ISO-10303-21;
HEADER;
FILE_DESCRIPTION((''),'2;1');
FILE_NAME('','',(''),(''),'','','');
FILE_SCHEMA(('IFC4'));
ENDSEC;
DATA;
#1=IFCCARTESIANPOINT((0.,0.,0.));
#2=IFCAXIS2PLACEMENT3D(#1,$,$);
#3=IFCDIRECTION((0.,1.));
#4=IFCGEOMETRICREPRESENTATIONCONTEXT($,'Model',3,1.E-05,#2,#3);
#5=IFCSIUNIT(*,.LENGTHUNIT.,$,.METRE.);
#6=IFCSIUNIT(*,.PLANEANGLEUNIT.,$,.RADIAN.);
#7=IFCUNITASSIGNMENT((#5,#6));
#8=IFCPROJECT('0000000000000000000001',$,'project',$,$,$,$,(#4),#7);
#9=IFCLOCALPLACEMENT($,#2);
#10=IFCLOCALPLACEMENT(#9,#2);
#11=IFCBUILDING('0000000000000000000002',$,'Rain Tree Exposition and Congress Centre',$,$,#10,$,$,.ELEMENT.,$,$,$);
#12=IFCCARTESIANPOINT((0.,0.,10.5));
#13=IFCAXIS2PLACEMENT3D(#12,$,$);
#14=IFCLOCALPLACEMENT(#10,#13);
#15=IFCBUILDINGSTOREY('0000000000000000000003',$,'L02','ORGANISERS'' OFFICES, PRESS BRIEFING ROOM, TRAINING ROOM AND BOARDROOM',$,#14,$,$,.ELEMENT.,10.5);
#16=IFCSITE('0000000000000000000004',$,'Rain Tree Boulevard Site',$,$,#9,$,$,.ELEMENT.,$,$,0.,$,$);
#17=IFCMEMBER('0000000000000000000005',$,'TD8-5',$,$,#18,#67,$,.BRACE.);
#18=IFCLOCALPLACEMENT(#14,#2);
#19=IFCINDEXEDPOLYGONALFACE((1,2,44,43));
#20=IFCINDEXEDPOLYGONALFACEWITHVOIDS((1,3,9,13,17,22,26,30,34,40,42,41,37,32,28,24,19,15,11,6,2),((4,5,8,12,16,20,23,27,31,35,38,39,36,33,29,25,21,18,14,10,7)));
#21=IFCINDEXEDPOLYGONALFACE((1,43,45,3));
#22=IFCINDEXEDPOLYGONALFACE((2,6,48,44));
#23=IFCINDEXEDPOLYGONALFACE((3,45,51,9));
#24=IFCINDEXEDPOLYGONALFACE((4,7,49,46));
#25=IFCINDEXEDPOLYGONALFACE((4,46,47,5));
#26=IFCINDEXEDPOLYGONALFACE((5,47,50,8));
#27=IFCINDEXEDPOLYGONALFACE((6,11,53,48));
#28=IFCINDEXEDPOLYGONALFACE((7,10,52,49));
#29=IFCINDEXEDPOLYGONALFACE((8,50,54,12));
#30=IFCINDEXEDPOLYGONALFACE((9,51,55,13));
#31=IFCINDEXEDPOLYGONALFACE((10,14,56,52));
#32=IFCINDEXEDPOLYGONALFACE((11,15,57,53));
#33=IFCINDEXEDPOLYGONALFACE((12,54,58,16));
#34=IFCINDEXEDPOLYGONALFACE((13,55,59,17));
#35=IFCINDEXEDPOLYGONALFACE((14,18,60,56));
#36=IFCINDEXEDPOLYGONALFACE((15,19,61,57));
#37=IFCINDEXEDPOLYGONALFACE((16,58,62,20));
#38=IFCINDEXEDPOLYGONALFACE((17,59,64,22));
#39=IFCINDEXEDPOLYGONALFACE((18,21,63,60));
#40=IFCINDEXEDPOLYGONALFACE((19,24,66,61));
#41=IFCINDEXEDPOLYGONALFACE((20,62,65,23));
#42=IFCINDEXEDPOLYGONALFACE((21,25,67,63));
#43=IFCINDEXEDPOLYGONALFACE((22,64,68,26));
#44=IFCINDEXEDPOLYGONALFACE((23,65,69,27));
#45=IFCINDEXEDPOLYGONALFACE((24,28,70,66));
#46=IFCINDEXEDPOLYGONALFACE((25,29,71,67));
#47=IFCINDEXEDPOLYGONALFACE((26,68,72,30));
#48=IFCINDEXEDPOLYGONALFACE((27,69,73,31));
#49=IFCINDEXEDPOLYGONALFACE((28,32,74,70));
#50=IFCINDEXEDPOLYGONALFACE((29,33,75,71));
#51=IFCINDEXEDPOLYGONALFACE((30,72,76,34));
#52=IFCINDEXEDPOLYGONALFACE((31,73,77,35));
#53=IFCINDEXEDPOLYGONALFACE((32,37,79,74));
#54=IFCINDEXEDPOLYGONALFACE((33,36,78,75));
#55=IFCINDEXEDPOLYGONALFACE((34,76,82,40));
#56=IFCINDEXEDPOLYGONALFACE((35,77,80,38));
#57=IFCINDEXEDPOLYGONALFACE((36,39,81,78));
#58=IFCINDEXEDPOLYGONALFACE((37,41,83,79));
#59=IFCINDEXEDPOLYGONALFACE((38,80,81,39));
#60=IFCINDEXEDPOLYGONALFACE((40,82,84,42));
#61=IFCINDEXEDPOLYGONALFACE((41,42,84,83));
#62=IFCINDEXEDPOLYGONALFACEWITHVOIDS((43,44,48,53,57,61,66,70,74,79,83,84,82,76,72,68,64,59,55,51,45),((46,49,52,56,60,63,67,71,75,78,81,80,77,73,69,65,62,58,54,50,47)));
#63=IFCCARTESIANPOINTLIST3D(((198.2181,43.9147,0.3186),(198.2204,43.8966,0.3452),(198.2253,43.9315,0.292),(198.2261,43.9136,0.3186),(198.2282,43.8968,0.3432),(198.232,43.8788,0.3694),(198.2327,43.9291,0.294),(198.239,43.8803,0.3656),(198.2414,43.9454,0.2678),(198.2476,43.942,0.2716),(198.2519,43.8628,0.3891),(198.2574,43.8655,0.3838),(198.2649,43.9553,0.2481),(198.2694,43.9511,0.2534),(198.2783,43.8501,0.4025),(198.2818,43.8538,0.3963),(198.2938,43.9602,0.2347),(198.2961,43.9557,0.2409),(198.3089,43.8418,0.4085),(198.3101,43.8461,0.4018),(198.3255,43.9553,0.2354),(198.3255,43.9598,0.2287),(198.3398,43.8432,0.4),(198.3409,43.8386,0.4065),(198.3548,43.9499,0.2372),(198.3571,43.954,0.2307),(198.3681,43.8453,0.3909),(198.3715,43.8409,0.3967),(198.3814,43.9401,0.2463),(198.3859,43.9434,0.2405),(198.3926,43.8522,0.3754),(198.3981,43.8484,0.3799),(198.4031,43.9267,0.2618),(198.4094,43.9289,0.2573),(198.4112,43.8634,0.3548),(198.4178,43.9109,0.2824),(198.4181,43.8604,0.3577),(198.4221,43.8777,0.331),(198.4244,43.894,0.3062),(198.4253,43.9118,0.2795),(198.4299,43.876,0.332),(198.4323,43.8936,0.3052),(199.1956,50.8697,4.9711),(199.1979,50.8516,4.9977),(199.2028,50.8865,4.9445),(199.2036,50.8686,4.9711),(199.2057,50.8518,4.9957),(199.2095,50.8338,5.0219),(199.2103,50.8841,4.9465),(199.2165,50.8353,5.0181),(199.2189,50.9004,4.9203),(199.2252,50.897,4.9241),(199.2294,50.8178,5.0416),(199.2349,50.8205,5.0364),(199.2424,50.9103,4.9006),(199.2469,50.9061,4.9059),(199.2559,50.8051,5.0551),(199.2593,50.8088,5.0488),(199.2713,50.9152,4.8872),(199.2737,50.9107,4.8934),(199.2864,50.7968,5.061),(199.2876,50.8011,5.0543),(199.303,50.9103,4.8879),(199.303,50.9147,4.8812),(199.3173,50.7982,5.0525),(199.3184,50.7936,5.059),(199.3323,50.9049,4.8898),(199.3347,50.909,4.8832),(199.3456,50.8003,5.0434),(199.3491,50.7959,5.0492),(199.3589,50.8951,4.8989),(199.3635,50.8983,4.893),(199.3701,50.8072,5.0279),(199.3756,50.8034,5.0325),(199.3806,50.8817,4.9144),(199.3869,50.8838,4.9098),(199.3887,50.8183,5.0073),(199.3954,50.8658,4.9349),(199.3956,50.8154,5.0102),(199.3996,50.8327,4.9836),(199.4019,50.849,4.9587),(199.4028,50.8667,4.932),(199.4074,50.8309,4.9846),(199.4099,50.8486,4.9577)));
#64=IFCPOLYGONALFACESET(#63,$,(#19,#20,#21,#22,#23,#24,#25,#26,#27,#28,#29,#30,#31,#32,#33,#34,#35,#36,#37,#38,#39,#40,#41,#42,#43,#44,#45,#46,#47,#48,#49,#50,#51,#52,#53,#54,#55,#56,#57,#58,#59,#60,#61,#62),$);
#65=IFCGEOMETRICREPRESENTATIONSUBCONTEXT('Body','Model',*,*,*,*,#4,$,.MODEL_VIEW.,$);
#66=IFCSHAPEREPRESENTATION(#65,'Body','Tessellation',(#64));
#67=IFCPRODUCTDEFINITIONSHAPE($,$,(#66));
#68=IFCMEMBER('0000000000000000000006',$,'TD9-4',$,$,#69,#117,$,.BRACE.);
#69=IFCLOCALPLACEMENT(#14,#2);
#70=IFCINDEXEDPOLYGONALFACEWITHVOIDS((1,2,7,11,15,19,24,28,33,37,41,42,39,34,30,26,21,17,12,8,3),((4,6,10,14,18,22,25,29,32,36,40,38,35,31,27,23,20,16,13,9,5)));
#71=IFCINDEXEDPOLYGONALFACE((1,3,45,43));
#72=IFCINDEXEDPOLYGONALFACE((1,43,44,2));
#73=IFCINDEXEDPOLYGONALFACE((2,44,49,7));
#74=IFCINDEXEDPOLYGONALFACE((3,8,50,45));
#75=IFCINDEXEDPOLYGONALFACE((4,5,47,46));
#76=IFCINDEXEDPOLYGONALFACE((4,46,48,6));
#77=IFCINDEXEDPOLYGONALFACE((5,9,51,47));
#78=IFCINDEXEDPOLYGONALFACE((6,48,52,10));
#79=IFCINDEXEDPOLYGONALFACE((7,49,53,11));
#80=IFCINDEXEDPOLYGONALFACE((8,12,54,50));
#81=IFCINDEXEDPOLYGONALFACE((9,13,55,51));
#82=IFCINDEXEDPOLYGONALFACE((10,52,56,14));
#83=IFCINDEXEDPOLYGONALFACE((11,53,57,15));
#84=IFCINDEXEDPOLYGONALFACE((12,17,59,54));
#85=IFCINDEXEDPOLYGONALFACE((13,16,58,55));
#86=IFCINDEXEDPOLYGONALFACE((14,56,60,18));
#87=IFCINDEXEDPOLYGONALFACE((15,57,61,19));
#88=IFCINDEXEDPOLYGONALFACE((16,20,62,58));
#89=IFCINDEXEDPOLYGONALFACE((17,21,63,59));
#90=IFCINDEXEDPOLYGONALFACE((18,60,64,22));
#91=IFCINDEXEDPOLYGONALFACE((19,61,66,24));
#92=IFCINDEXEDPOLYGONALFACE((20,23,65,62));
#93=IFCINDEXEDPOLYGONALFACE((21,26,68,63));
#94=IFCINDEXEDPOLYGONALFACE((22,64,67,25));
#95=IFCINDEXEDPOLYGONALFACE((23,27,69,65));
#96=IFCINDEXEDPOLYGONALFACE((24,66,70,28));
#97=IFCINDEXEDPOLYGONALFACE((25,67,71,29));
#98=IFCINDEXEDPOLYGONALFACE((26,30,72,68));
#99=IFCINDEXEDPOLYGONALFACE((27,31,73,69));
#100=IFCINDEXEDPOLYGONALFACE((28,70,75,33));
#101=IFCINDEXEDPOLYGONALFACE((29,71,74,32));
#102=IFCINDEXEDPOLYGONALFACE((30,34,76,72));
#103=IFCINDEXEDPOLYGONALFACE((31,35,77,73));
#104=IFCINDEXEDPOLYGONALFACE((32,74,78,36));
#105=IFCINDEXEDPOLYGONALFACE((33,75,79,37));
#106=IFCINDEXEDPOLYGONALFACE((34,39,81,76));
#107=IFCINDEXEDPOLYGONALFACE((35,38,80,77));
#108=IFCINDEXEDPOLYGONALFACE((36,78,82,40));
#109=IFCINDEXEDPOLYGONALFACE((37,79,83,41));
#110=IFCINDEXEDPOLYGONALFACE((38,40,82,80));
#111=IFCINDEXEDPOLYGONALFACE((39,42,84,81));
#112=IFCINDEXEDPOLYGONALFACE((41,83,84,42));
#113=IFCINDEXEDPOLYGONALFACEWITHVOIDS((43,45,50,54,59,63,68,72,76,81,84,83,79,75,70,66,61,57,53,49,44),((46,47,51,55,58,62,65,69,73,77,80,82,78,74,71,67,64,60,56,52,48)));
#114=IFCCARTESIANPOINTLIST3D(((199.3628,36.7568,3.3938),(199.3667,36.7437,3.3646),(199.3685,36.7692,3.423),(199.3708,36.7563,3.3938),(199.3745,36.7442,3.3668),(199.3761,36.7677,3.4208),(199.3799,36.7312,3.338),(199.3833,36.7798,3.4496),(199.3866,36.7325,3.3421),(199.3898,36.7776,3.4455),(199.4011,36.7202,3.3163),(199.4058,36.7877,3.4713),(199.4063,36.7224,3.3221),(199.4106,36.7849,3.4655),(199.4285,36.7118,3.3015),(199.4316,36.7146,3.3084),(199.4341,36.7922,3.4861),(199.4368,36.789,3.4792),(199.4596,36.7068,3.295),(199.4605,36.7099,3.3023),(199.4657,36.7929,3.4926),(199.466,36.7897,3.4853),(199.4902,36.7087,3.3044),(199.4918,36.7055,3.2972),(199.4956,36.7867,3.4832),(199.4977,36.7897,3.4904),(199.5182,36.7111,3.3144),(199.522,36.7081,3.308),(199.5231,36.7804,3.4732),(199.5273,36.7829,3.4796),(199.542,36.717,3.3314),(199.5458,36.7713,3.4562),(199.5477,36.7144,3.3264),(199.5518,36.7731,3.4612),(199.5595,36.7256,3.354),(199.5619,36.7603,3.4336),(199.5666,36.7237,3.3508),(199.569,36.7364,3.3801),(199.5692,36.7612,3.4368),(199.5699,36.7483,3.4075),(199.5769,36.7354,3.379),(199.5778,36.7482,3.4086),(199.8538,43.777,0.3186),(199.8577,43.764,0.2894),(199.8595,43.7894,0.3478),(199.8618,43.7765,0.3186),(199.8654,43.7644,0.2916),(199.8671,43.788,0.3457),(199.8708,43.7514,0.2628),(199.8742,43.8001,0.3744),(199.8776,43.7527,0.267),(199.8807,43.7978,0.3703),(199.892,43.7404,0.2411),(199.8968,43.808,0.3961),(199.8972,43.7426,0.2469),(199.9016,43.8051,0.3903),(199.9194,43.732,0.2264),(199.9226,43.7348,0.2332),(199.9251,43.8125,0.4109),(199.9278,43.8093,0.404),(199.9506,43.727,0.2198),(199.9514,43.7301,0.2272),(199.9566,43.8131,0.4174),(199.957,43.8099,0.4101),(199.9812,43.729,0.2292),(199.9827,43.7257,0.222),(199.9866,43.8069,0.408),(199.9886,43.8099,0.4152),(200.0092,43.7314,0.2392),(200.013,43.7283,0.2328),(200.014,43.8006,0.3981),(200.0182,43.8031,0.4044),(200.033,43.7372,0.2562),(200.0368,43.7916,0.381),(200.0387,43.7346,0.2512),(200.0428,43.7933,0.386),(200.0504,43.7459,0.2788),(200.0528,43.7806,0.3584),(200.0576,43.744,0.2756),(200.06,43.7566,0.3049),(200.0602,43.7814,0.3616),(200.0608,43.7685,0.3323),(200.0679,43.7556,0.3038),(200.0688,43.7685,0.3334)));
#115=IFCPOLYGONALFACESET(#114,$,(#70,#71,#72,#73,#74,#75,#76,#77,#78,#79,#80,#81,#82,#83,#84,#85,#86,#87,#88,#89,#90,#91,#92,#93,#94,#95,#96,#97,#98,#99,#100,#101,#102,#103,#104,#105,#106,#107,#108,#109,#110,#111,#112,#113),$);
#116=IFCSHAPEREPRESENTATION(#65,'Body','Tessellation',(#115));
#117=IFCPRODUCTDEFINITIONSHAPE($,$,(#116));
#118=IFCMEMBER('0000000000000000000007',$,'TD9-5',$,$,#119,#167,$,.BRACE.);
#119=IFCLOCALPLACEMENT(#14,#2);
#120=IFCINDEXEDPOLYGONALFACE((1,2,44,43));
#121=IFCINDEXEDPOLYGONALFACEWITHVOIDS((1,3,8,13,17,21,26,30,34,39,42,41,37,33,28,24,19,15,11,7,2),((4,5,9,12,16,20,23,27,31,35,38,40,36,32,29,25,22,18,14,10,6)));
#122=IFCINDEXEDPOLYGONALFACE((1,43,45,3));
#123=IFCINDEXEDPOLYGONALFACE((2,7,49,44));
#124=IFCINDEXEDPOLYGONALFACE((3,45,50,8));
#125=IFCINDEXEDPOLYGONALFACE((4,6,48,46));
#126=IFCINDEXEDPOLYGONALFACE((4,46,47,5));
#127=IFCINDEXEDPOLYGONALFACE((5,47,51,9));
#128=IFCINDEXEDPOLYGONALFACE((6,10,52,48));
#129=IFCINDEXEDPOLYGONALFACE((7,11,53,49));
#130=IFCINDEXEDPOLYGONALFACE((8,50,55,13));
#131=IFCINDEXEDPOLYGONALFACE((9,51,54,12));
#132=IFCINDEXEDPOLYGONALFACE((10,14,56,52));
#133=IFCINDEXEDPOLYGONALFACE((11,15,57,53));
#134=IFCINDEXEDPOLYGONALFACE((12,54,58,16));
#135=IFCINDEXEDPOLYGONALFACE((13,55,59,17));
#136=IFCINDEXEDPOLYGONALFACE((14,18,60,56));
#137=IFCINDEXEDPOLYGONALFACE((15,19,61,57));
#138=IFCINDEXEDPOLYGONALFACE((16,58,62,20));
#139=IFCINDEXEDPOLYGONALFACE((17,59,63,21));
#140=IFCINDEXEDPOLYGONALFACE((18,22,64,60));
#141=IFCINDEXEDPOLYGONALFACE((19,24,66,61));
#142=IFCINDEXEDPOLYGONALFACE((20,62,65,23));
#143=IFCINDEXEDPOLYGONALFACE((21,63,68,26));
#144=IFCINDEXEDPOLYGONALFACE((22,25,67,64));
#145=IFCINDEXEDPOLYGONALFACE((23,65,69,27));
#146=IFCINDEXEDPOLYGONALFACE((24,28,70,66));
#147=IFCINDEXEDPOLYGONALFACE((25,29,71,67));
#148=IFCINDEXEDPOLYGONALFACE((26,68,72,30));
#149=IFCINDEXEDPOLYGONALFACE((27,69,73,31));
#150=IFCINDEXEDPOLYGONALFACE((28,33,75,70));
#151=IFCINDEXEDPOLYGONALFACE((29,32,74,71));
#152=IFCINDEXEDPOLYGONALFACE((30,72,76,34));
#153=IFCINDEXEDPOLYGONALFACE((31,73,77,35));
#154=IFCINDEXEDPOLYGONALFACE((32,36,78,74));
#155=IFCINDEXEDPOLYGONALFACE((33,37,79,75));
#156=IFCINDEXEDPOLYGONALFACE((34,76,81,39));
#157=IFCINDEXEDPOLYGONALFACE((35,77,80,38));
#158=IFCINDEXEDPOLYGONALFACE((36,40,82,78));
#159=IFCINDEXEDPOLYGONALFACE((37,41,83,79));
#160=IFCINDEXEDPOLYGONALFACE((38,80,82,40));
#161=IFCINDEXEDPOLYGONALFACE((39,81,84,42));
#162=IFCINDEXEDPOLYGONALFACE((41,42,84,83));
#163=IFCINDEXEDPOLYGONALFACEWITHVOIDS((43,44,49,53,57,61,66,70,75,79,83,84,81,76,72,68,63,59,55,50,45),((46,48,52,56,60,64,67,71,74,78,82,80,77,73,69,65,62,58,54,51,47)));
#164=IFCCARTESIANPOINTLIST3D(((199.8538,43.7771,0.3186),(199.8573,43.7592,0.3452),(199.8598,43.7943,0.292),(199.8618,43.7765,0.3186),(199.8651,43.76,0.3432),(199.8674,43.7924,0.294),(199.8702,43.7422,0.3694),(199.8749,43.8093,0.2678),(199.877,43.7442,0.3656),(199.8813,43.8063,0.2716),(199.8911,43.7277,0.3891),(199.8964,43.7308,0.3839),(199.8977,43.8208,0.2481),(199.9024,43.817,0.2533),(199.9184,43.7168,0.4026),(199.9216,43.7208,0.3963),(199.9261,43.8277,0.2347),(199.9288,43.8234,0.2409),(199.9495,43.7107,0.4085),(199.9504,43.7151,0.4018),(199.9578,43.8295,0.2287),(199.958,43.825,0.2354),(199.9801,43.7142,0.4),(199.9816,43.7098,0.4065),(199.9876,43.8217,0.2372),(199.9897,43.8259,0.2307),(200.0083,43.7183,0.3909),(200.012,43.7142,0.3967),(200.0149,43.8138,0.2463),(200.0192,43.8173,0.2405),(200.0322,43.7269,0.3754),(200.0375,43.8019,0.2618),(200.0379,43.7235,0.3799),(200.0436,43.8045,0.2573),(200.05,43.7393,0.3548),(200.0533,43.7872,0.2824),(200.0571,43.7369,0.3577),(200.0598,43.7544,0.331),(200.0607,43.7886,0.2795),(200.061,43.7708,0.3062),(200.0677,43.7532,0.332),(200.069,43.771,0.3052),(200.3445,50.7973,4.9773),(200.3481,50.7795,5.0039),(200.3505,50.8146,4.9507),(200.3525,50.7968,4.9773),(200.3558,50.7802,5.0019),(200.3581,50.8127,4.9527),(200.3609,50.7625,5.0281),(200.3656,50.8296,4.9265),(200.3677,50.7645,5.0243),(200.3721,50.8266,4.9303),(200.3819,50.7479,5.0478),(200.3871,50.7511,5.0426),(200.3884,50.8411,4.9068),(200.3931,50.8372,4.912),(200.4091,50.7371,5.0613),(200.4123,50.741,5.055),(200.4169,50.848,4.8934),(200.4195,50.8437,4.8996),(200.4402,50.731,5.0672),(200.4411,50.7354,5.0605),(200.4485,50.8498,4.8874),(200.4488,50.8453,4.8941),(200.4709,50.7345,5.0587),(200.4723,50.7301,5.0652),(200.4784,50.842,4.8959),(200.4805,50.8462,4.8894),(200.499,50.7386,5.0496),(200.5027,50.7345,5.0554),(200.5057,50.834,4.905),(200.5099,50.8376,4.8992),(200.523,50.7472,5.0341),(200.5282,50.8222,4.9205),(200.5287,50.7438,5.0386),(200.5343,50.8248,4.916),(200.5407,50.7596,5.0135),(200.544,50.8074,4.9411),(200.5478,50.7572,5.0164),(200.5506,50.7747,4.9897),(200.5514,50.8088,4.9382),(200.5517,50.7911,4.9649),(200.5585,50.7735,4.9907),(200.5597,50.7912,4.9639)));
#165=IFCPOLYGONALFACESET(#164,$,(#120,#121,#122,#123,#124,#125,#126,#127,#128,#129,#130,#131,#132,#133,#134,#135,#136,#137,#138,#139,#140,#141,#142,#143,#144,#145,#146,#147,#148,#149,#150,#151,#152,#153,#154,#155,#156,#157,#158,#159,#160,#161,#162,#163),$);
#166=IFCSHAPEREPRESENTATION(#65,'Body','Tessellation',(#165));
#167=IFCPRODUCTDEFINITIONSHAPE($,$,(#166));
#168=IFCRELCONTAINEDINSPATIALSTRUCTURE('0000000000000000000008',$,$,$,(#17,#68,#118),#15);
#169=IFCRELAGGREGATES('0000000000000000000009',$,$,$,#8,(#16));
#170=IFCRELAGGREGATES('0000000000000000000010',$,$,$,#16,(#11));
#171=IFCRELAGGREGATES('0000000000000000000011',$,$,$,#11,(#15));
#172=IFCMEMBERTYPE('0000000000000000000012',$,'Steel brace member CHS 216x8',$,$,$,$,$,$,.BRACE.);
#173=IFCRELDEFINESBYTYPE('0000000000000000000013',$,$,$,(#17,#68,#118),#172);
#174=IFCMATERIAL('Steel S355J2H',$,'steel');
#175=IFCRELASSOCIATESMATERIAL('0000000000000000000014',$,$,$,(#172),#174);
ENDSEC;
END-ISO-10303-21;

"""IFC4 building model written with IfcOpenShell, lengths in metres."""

from ifc_helpers import new_model, si_unit, direction, frame, origin, origin_2d, place, context, subcontext, project, spatial, hollow_circle, extrude, material, material_profile, profile_set, type_object, element, save


model = new_model("IFC4")

# Units and contexts
model_context = context("Model", 3, precision=1e-05, world=origin(), true_north=direction((0.0, 1.0)))
body_context = subcontext(model_context, "Body", "Model", "MODEL_VIEW")
ifc_project = project(units=[si_unit("LENGTHUNIT", "METRE"), si_unit("PLANEANGLEUNIT", "RADIAN")], contexts=[model_context])

# Site, building, storey
site_placement = place(None, origin())
site = spatial("IfcSite", under=ifc_project, at=site_placement, Name="Rain Tree Boulevard Site", CompositionType="ELEMENT", RefElevation=0.0)
building_placement = place(site_placement, origin())
building = spatial("IfcBuilding", under=site, at=building_placement, Name="Rain Tree Exposition and Congress Centre", CompositionType="ELEMENT")
storey_placement = place(building_placement, frame((0.0, 0.0, 10.5)))
storey = spatial("IfcBuildingStorey", under=building, at=storey_placement, Name="L02", Description="ORGANISERS' OFFICES, PRESS BRIEFING ROOM, TRAINING ROOM AND BOARDROOM", CompositionType="ELEMENT", Elevation=10.5)

# Members
ifc_material_1 = material(Name="Steel S355J2H", Category="steel")
ifc_material_profile_1 = material_profile(ifc_material_1, hollow_circle(Radius=0.1082, WallThickness=0.0081, at=origin_2d()), Name="CHS 216x8")
ifc_profile_set_1 = profile_set([ifc_material_profile_1], Name="Steel S355J2H")
member_type_1 = type_object("IfcMemberType", Name="Steel brace member CHS 216x8", PredefinedType="BRACE", material=ifc_profile_set_1)
member_1_placement = place(storey_placement, frame((198.3252, 43.8997, 0.3186), z_axis=(0.116033, 0.82556, 0.552257), x_axis=(-0.990267, 0.139182, 0.0)))
element("IfcMember", 1, at=member_1_placement, inside=storey, type_object=member_type_1, Name="TD8-5", PredefinedType="BRACE", context=body_context, shape_type="SweptSolid", body=[
    extrude(hollow_circle(Radius=0.1082, WallThickness=0.0081, at=origin_2d()), origin(), (0.0, 0.0, 1.0), 8.4246),
])
member_2_placement = place(storey_placement, frame((199.4707, 36.7493, 3.3938), z_axis=(0.063928, 0.9141, -0.400417), x_axis=(-0.997563, 0.069765, 0.0)))
element("IfcMember", 2, at=member_2_placement, inside=storey, type_object=member_type_1, Name="TD9-4", PredefinedType="BRACE", context=body_context, shape_type="SweptSolid", body=[
    extrude(hollow_circle(Radius=0.1082, WallThickness=0.0081, at=origin_2d()), origin(), (0.0, 0.0, 1.0), 7.6799),
])
member_3_placement = place(storey_placement, frame((199.9617, 43.7695, 0.3186), z_axis=(0.058145, 0.831816, 0.551998), x_axis=(-0.997566, 0.069731, 0.0)))
element("IfcMember", 3, at=member_3_placement, inside=storey, type_object=member_type_1, Name="TD9-5", PredefinedType="BRACE", context=body_context, shape_type="SweptSolid", body=[
    extrude(hollow_circle(Radius=0.1082, WallThickness=0.0081, at=origin_2d()), origin(), (0.0, 0.0, 1.0), 8.4397),
])

save(model, "model.ifc")
